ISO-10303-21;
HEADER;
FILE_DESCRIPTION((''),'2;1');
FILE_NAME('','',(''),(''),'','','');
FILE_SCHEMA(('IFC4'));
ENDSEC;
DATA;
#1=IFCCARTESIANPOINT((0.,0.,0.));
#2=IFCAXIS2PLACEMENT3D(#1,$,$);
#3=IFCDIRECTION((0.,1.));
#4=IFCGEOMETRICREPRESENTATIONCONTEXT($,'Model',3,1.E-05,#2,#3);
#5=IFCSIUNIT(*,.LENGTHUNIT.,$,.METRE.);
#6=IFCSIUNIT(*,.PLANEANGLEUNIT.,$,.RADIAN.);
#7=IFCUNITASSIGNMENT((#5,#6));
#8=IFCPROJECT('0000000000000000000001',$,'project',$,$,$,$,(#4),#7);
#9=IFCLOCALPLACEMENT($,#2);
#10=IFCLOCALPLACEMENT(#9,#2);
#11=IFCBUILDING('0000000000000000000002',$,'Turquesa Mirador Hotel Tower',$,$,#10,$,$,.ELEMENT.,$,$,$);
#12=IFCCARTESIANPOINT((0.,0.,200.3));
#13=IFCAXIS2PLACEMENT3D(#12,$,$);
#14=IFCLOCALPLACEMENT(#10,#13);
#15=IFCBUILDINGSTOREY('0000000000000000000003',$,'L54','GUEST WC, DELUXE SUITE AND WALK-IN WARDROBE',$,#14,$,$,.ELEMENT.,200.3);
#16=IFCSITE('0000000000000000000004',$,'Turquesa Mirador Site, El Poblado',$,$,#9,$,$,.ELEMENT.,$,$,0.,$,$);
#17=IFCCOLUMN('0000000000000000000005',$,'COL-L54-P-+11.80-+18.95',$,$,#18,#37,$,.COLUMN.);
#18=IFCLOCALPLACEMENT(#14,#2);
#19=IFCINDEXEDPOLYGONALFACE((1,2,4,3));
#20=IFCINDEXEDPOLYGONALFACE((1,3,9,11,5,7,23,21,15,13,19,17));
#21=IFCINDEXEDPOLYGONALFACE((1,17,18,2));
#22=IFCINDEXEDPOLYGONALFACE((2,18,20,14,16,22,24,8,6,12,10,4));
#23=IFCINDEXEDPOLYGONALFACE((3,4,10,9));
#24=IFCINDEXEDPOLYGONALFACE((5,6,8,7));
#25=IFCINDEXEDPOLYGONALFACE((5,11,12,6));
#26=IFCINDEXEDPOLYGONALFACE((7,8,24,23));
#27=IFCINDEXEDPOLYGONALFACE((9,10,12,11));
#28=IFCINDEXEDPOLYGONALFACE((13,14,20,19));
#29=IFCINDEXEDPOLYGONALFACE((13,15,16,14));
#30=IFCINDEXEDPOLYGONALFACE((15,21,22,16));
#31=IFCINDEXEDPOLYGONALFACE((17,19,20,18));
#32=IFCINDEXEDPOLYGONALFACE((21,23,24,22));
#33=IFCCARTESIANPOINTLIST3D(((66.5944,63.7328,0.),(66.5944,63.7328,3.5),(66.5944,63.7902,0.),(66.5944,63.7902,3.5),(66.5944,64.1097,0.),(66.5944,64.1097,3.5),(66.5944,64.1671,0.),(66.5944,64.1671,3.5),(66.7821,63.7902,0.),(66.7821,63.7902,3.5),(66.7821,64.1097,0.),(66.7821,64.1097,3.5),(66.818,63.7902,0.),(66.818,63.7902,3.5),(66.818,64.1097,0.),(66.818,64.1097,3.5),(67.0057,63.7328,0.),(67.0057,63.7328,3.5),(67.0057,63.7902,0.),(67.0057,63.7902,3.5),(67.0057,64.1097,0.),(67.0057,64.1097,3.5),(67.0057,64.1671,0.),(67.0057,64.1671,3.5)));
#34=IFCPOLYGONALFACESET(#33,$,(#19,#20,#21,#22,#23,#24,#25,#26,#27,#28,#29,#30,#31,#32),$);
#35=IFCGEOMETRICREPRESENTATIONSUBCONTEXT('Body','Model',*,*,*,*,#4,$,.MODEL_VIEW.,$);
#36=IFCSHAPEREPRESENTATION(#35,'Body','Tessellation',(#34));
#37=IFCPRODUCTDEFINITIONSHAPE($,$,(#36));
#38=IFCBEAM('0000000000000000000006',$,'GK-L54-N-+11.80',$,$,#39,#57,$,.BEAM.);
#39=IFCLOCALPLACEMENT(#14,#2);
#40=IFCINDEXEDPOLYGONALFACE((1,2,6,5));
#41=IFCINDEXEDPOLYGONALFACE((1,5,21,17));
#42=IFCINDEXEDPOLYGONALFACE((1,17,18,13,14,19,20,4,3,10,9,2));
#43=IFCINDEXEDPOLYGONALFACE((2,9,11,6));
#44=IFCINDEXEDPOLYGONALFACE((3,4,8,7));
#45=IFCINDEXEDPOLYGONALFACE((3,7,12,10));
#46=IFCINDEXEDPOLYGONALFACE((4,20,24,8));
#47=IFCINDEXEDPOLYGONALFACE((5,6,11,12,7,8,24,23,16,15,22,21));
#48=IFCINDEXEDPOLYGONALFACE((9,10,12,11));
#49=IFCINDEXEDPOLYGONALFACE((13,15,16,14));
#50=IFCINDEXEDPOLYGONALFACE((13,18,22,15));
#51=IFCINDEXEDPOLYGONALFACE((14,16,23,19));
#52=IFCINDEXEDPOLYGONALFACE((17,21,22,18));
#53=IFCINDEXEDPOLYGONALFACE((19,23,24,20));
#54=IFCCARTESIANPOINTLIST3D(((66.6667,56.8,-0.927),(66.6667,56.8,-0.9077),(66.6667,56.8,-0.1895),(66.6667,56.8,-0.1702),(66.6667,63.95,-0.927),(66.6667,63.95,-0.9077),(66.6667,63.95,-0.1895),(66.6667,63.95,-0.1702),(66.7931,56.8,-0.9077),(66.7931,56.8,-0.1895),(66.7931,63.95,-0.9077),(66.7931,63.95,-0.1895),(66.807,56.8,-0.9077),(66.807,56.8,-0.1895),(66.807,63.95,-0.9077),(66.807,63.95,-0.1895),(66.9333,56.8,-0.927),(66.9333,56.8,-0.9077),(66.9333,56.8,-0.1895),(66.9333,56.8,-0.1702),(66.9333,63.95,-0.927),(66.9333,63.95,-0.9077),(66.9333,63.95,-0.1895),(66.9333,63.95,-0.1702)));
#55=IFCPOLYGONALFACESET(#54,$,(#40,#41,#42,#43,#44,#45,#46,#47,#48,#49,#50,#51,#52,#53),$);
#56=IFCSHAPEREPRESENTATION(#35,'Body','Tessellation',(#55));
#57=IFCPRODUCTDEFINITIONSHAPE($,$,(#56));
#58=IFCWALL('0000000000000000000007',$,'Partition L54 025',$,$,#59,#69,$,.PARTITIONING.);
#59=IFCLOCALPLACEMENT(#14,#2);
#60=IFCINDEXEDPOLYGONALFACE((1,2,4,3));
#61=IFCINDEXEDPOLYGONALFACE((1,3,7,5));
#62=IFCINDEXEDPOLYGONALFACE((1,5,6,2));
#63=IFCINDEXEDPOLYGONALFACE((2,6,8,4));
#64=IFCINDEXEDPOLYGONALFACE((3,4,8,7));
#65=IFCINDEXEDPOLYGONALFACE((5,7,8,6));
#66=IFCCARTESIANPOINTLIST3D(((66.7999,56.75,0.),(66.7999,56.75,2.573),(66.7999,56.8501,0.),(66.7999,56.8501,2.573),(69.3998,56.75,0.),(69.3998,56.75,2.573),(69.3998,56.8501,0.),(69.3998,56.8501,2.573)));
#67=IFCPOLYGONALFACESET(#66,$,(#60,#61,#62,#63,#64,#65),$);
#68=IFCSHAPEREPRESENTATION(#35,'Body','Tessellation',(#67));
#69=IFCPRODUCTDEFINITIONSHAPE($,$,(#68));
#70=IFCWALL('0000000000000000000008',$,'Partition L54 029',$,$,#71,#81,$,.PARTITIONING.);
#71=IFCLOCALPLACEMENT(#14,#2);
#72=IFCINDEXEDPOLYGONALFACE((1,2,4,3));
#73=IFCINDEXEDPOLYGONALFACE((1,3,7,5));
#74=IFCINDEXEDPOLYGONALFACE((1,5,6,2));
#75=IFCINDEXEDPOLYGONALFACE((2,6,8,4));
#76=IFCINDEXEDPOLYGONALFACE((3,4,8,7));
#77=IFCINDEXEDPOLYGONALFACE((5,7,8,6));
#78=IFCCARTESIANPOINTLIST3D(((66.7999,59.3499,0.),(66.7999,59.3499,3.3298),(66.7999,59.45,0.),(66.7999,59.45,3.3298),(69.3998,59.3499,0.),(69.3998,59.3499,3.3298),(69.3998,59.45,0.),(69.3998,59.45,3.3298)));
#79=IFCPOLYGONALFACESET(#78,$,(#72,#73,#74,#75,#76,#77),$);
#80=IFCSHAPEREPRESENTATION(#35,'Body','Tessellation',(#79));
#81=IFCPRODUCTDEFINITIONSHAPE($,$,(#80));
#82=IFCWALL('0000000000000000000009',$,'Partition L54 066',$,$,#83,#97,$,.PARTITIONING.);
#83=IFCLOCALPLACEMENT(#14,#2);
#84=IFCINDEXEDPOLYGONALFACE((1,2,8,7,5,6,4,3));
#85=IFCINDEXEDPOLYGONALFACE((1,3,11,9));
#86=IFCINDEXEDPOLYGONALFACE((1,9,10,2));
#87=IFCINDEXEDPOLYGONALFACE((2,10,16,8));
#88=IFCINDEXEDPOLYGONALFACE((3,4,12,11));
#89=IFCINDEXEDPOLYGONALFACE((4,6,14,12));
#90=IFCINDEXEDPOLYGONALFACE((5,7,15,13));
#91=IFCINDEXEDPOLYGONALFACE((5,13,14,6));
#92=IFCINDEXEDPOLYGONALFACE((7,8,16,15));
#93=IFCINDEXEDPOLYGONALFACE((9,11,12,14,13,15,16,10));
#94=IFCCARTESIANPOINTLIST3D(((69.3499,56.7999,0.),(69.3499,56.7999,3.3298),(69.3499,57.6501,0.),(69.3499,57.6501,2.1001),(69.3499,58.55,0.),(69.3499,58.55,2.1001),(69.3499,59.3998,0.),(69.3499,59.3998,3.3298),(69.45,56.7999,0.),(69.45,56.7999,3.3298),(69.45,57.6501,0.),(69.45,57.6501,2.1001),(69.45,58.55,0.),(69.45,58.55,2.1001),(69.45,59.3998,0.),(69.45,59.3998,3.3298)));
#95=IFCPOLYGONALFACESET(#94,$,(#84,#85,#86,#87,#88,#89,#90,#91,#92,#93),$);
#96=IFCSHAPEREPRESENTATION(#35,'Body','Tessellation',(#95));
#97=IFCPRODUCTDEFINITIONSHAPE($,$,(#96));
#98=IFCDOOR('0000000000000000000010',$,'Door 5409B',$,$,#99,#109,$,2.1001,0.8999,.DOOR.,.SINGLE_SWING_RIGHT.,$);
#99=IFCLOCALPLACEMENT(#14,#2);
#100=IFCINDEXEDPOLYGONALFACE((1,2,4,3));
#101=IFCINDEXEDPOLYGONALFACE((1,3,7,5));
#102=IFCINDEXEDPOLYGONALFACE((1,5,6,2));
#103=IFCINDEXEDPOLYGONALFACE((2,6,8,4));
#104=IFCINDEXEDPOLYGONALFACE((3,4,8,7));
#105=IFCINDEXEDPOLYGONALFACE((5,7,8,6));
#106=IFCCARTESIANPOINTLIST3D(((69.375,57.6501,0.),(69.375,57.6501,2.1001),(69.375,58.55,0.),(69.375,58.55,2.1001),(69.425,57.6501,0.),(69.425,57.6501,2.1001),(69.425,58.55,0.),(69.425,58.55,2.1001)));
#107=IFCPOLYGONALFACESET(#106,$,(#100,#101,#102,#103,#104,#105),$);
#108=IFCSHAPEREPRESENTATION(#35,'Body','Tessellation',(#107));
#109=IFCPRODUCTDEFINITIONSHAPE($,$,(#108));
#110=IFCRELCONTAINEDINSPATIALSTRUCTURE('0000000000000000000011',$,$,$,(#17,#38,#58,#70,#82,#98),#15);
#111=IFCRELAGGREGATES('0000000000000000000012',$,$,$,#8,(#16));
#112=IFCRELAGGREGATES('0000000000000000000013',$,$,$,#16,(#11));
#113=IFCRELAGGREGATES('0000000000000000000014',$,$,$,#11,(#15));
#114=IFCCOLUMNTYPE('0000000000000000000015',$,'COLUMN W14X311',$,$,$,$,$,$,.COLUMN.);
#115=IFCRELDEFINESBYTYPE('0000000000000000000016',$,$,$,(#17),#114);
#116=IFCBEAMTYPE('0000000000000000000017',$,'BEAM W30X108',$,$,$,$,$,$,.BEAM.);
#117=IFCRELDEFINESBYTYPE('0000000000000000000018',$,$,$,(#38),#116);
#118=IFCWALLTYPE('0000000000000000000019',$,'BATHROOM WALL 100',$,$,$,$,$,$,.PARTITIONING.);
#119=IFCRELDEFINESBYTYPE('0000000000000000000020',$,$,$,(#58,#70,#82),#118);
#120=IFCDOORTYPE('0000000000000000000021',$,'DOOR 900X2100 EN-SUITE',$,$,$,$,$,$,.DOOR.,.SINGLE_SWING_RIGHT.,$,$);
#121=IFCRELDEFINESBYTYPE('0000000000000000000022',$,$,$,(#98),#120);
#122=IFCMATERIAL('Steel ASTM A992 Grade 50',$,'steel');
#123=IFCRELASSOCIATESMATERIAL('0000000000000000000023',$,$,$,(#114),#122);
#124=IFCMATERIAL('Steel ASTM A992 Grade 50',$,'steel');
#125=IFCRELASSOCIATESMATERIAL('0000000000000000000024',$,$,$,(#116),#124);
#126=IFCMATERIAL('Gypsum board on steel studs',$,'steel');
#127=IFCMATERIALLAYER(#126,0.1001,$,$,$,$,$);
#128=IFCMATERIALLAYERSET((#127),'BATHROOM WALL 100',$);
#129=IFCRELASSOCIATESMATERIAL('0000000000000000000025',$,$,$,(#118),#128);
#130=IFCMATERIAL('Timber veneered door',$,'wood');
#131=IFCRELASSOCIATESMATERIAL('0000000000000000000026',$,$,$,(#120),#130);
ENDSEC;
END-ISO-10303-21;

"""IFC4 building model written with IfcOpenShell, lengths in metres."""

from ifc_helpers import new_model, si_unit, direction, frame, frame_2d, origin, origin_2d, place, context, subcontext, project, spatial, rectangle, i_section, extrude, material, layer, layer_set, material_profile, profile_set, type_object, element, fill, save


model = new_model("IFC4")

# Units and contexts
model_context = context("Model", 3, precision=1e-05, world=origin(), true_north=direction((0.0, 1.0)))
body_context = subcontext(model_context, "Body", "Model", "MODEL_VIEW")
ifc_project = project(units=[si_unit("LENGTHUNIT", "METRE"), si_unit("PLANEANGLEUNIT", "RADIAN")], contexts=[model_context])

# Site, building, storey
site_placement = place(None, origin())
site = spatial("IfcSite", under=ifc_project, at=site_placement, Name="Turquesa Mirador Site, El Poblado", CompositionType="ELEMENT", RefElevation=0.0)
building_placement = place(site_placement, origin())
building = spatial("IfcBuilding", under=site, at=building_placement, Name="Turquesa Mirador Hotel Tower", CompositionType="ELEMENT")
storey_placement = place(building_placement, frame((0.0, 0.0, 200.3)))
storey = spatial("IfcBuildingStorey", under=building, at=storey_placement, Name="L54", Description="GUEST WC, DELUXE SUITE AND WALK-IN WARDROBE", CompositionType="ELEMENT", Elevation=200.3)

# Column
ifc_material_1 = material(Name="Steel ASTM A992 Grade 50", Category="steel")
ifc_material_profile_1 = material_profile(ifc_material_1, i_section(OverallWidth=0.4114, OverallDepth=0.4343, WebThickness=0.0359, FlangeThickness=0.0574, at=origin_2d()), Name="W14X311")
ifc_profile_set_1 = profile_set([ifc_material_profile_1], Name="Steel ASTM A992 Grade 50")
column_type = type_object("IfcColumnType", Name="COLUMN W14X311", PredefinedType="COLUMN", material=ifc_profile_set_1)
column_placement = place(storey_placement, frame((66.8, 63.95, 0.0), z_axis=(0.0, 0.0, 1.0), x_axis=(1.0, 0.0, 0.0)))
element("IfcColumn", 1, at=column_placement, inside=storey, type_object=column_type, Name="COL-L54-P-+11.80-+18.95", PredefinedType="COLUMN", context=body_context, shape_type="SweptSolid", body=[
    extrude(i_section(OverallWidth=0.4114, OverallDepth=0.4343, WebThickness=0.0359, FlangeThickness=0.0574, at=origin_2d()), origin(), (0.0, 0.0, 1.0), 3.5),
])

# Beam
ifc_material_2 = material(Name="Steel ASTM A992 Grade 50", Category="steel")
ifc_material_profile_2 = material_profile(ifc_material_2, i_section(OverallWidth=0.2666, OverallDepth=0.7568, WebThickness=0.0139, FlangeThickness=0.0193, at=origin_2d()), Name="W30X108")
ifc_profile_set_2 = profile_set([ifc_material_profile_2], Name="Steel ASTM A992 Grade 50")
beam_type = type_object("IfcBeamType", Name="BEAM W30X108", PredefinedType="BEAM", material=ifc_profile_set_2)
beam_placement = place(storey_placement, frame((66.8, 63.95, -0.5486), z_axis=(0.0, -1.0, 0.0), x_axis=(1.0, 0.0, 0.0)))
element("IfcBeam", 2, at=beam_placement, inside=storey, type_object=beam_type, Name="GK-L54-N-+11.80", PredefinedType="BEAM", context=body_context, shape_type="SweptSolid", body=[
    extrude(i_section(OverallWidth=0.2666, OverallDepth=0.7568, WebThickness=0.0139, FlangeThickness=0.0193, at=origin_2d()), origin(), (0.0, 0.0, 1.0), 7.1499),
])

# Walls
ifc_material_3 = material(Name="Gypsum board on steel studs", Category="steel")
ifc_layer_1 = layer(ifc_material_3, 0.1001)
ifc_layer_set_1 = layer_set([ifc_layer_1], Name="BATHROOM WALL 100")
wall_type_1 = type_object("IfcWallType", Name="BATHROOM WALL 100", PredefinedType="PARTITIONING", material=ifc_layer_set_1)
wall_1_placement = place(storey_placement, frame((66.8, 56.8, 0.0), z_axis=(0.0, 0.0, 1.0), x_axis=(1.0, 0.0, 0.0)))
element("IfcWall", 3, at=wall_1_placement, inside=storey, type_object=wall_type_1, Name="Partition L54 025", PredefinedType="PARTITIONING", context=body_context, shape_type="SweptSolid", body=[
    extrude(rectangle(XDim=2.5999, YDim=0.1001, at=frame_2d((1.2998, 0.0))), origin(), (0.0, 0.0, 1.0), 2.573),
])
wall_2_placement = place(storey_placement, frame((66.8, 59.3999, 0.0), z_axis=(0.0, 0.0, 1.0), x_axis=(1.0, 0.0, 0.0)))
element("IfcWall", 4, at=wall_2_placement, inside=storey, type_object=wall_type_1, Name="Partition L54 029", PredefinedType="PARTITIONING", context=body_context, shape_type="SweptSolid", body=[
    extrude(rectangle(XDim=2.5999, YDim=0.1001, at=frame_2d((1.2998, 0.0))), origin(), (0.0, 0.0, 1.0), 3.3298),
])

# Wall, opening, door
wall_3_placement = place(storey_placement, frame((69.3999, 56.8, 0.0), z_axis=(0.0, 0.0, 1.0), x_axis=(0.0, 1.0, 0.0)))
wall_3 = element("IfcWall", 5, at=wall_3_placement, inside=storey, type_object=wall_type_1, Name="Partition L54 066", PredefinedType="PARTITIONING", context=body_context, shape_type="SweptSolid", body=[
    extrude(rectangle(XDim=2.5999, YDim=0.1001, at=frame_2d((1.2998, 0.0))), origin(), (0.0, 0.0, 1.0), 3.3298),
])
opening_1_placement = place(wall_3_placement, frame((0.8501, 0.0, 0.0)))
opening_1 = element("IfcOpeningElement", 6, at=opening_1_placement, cuts=wall_3, PredefinedType="OPENING", context=body_context, shape_type="SweptSolid", body=[
    extrude(rectangle(XDim=0.8999, YDim=2.1001, at=frame_2d((0.45, 1.05))), frame((0.0, 0.0601, 0.0), z_axis=(0.0, -1.0, 0.0), x_axis=(1.0, 0.0, 0.0)), (0.0, 0.0, 1.0), 0.1201),
])
ifc_material_4 = material(Name="Timber veneered door", Category="wood")
door_type_1 = type_object("IfcDoorType", Name="DOOR 900X2100 EN-SUITE", OperationType="SINGLE_SWING_RIGHT", PredefinedType="DOOR", material=ifc_material_4)
door_1_placement = place(opening_1_placement, origin())
door_1 = element("IfcDoor", 7, at=door_1_placement, inside=storey, type_object=door_type_1, Name="Door 5409B", OperationType="SINGLE_SWING_RIGHT", OverallHeight=2.1001, OverallWidth=0.8999, PredefinedType="DOOR", context=body_context, shape_type="SweptSolid", body=[
    extrude(rectangle(XDim=0.8999, YDim=2.1001, at=frame_2d((0.45, 1.05))), frame((0.0, 0.0249, 0.0), z_axis=(0.0, -1.0, 0.0), x_axis=(1.0, 0.0, 0.0)), (0.0, 0.0, 1.0), 0.05),
])
fill(opening_1, door_1)

save(model, "model.ifc")
